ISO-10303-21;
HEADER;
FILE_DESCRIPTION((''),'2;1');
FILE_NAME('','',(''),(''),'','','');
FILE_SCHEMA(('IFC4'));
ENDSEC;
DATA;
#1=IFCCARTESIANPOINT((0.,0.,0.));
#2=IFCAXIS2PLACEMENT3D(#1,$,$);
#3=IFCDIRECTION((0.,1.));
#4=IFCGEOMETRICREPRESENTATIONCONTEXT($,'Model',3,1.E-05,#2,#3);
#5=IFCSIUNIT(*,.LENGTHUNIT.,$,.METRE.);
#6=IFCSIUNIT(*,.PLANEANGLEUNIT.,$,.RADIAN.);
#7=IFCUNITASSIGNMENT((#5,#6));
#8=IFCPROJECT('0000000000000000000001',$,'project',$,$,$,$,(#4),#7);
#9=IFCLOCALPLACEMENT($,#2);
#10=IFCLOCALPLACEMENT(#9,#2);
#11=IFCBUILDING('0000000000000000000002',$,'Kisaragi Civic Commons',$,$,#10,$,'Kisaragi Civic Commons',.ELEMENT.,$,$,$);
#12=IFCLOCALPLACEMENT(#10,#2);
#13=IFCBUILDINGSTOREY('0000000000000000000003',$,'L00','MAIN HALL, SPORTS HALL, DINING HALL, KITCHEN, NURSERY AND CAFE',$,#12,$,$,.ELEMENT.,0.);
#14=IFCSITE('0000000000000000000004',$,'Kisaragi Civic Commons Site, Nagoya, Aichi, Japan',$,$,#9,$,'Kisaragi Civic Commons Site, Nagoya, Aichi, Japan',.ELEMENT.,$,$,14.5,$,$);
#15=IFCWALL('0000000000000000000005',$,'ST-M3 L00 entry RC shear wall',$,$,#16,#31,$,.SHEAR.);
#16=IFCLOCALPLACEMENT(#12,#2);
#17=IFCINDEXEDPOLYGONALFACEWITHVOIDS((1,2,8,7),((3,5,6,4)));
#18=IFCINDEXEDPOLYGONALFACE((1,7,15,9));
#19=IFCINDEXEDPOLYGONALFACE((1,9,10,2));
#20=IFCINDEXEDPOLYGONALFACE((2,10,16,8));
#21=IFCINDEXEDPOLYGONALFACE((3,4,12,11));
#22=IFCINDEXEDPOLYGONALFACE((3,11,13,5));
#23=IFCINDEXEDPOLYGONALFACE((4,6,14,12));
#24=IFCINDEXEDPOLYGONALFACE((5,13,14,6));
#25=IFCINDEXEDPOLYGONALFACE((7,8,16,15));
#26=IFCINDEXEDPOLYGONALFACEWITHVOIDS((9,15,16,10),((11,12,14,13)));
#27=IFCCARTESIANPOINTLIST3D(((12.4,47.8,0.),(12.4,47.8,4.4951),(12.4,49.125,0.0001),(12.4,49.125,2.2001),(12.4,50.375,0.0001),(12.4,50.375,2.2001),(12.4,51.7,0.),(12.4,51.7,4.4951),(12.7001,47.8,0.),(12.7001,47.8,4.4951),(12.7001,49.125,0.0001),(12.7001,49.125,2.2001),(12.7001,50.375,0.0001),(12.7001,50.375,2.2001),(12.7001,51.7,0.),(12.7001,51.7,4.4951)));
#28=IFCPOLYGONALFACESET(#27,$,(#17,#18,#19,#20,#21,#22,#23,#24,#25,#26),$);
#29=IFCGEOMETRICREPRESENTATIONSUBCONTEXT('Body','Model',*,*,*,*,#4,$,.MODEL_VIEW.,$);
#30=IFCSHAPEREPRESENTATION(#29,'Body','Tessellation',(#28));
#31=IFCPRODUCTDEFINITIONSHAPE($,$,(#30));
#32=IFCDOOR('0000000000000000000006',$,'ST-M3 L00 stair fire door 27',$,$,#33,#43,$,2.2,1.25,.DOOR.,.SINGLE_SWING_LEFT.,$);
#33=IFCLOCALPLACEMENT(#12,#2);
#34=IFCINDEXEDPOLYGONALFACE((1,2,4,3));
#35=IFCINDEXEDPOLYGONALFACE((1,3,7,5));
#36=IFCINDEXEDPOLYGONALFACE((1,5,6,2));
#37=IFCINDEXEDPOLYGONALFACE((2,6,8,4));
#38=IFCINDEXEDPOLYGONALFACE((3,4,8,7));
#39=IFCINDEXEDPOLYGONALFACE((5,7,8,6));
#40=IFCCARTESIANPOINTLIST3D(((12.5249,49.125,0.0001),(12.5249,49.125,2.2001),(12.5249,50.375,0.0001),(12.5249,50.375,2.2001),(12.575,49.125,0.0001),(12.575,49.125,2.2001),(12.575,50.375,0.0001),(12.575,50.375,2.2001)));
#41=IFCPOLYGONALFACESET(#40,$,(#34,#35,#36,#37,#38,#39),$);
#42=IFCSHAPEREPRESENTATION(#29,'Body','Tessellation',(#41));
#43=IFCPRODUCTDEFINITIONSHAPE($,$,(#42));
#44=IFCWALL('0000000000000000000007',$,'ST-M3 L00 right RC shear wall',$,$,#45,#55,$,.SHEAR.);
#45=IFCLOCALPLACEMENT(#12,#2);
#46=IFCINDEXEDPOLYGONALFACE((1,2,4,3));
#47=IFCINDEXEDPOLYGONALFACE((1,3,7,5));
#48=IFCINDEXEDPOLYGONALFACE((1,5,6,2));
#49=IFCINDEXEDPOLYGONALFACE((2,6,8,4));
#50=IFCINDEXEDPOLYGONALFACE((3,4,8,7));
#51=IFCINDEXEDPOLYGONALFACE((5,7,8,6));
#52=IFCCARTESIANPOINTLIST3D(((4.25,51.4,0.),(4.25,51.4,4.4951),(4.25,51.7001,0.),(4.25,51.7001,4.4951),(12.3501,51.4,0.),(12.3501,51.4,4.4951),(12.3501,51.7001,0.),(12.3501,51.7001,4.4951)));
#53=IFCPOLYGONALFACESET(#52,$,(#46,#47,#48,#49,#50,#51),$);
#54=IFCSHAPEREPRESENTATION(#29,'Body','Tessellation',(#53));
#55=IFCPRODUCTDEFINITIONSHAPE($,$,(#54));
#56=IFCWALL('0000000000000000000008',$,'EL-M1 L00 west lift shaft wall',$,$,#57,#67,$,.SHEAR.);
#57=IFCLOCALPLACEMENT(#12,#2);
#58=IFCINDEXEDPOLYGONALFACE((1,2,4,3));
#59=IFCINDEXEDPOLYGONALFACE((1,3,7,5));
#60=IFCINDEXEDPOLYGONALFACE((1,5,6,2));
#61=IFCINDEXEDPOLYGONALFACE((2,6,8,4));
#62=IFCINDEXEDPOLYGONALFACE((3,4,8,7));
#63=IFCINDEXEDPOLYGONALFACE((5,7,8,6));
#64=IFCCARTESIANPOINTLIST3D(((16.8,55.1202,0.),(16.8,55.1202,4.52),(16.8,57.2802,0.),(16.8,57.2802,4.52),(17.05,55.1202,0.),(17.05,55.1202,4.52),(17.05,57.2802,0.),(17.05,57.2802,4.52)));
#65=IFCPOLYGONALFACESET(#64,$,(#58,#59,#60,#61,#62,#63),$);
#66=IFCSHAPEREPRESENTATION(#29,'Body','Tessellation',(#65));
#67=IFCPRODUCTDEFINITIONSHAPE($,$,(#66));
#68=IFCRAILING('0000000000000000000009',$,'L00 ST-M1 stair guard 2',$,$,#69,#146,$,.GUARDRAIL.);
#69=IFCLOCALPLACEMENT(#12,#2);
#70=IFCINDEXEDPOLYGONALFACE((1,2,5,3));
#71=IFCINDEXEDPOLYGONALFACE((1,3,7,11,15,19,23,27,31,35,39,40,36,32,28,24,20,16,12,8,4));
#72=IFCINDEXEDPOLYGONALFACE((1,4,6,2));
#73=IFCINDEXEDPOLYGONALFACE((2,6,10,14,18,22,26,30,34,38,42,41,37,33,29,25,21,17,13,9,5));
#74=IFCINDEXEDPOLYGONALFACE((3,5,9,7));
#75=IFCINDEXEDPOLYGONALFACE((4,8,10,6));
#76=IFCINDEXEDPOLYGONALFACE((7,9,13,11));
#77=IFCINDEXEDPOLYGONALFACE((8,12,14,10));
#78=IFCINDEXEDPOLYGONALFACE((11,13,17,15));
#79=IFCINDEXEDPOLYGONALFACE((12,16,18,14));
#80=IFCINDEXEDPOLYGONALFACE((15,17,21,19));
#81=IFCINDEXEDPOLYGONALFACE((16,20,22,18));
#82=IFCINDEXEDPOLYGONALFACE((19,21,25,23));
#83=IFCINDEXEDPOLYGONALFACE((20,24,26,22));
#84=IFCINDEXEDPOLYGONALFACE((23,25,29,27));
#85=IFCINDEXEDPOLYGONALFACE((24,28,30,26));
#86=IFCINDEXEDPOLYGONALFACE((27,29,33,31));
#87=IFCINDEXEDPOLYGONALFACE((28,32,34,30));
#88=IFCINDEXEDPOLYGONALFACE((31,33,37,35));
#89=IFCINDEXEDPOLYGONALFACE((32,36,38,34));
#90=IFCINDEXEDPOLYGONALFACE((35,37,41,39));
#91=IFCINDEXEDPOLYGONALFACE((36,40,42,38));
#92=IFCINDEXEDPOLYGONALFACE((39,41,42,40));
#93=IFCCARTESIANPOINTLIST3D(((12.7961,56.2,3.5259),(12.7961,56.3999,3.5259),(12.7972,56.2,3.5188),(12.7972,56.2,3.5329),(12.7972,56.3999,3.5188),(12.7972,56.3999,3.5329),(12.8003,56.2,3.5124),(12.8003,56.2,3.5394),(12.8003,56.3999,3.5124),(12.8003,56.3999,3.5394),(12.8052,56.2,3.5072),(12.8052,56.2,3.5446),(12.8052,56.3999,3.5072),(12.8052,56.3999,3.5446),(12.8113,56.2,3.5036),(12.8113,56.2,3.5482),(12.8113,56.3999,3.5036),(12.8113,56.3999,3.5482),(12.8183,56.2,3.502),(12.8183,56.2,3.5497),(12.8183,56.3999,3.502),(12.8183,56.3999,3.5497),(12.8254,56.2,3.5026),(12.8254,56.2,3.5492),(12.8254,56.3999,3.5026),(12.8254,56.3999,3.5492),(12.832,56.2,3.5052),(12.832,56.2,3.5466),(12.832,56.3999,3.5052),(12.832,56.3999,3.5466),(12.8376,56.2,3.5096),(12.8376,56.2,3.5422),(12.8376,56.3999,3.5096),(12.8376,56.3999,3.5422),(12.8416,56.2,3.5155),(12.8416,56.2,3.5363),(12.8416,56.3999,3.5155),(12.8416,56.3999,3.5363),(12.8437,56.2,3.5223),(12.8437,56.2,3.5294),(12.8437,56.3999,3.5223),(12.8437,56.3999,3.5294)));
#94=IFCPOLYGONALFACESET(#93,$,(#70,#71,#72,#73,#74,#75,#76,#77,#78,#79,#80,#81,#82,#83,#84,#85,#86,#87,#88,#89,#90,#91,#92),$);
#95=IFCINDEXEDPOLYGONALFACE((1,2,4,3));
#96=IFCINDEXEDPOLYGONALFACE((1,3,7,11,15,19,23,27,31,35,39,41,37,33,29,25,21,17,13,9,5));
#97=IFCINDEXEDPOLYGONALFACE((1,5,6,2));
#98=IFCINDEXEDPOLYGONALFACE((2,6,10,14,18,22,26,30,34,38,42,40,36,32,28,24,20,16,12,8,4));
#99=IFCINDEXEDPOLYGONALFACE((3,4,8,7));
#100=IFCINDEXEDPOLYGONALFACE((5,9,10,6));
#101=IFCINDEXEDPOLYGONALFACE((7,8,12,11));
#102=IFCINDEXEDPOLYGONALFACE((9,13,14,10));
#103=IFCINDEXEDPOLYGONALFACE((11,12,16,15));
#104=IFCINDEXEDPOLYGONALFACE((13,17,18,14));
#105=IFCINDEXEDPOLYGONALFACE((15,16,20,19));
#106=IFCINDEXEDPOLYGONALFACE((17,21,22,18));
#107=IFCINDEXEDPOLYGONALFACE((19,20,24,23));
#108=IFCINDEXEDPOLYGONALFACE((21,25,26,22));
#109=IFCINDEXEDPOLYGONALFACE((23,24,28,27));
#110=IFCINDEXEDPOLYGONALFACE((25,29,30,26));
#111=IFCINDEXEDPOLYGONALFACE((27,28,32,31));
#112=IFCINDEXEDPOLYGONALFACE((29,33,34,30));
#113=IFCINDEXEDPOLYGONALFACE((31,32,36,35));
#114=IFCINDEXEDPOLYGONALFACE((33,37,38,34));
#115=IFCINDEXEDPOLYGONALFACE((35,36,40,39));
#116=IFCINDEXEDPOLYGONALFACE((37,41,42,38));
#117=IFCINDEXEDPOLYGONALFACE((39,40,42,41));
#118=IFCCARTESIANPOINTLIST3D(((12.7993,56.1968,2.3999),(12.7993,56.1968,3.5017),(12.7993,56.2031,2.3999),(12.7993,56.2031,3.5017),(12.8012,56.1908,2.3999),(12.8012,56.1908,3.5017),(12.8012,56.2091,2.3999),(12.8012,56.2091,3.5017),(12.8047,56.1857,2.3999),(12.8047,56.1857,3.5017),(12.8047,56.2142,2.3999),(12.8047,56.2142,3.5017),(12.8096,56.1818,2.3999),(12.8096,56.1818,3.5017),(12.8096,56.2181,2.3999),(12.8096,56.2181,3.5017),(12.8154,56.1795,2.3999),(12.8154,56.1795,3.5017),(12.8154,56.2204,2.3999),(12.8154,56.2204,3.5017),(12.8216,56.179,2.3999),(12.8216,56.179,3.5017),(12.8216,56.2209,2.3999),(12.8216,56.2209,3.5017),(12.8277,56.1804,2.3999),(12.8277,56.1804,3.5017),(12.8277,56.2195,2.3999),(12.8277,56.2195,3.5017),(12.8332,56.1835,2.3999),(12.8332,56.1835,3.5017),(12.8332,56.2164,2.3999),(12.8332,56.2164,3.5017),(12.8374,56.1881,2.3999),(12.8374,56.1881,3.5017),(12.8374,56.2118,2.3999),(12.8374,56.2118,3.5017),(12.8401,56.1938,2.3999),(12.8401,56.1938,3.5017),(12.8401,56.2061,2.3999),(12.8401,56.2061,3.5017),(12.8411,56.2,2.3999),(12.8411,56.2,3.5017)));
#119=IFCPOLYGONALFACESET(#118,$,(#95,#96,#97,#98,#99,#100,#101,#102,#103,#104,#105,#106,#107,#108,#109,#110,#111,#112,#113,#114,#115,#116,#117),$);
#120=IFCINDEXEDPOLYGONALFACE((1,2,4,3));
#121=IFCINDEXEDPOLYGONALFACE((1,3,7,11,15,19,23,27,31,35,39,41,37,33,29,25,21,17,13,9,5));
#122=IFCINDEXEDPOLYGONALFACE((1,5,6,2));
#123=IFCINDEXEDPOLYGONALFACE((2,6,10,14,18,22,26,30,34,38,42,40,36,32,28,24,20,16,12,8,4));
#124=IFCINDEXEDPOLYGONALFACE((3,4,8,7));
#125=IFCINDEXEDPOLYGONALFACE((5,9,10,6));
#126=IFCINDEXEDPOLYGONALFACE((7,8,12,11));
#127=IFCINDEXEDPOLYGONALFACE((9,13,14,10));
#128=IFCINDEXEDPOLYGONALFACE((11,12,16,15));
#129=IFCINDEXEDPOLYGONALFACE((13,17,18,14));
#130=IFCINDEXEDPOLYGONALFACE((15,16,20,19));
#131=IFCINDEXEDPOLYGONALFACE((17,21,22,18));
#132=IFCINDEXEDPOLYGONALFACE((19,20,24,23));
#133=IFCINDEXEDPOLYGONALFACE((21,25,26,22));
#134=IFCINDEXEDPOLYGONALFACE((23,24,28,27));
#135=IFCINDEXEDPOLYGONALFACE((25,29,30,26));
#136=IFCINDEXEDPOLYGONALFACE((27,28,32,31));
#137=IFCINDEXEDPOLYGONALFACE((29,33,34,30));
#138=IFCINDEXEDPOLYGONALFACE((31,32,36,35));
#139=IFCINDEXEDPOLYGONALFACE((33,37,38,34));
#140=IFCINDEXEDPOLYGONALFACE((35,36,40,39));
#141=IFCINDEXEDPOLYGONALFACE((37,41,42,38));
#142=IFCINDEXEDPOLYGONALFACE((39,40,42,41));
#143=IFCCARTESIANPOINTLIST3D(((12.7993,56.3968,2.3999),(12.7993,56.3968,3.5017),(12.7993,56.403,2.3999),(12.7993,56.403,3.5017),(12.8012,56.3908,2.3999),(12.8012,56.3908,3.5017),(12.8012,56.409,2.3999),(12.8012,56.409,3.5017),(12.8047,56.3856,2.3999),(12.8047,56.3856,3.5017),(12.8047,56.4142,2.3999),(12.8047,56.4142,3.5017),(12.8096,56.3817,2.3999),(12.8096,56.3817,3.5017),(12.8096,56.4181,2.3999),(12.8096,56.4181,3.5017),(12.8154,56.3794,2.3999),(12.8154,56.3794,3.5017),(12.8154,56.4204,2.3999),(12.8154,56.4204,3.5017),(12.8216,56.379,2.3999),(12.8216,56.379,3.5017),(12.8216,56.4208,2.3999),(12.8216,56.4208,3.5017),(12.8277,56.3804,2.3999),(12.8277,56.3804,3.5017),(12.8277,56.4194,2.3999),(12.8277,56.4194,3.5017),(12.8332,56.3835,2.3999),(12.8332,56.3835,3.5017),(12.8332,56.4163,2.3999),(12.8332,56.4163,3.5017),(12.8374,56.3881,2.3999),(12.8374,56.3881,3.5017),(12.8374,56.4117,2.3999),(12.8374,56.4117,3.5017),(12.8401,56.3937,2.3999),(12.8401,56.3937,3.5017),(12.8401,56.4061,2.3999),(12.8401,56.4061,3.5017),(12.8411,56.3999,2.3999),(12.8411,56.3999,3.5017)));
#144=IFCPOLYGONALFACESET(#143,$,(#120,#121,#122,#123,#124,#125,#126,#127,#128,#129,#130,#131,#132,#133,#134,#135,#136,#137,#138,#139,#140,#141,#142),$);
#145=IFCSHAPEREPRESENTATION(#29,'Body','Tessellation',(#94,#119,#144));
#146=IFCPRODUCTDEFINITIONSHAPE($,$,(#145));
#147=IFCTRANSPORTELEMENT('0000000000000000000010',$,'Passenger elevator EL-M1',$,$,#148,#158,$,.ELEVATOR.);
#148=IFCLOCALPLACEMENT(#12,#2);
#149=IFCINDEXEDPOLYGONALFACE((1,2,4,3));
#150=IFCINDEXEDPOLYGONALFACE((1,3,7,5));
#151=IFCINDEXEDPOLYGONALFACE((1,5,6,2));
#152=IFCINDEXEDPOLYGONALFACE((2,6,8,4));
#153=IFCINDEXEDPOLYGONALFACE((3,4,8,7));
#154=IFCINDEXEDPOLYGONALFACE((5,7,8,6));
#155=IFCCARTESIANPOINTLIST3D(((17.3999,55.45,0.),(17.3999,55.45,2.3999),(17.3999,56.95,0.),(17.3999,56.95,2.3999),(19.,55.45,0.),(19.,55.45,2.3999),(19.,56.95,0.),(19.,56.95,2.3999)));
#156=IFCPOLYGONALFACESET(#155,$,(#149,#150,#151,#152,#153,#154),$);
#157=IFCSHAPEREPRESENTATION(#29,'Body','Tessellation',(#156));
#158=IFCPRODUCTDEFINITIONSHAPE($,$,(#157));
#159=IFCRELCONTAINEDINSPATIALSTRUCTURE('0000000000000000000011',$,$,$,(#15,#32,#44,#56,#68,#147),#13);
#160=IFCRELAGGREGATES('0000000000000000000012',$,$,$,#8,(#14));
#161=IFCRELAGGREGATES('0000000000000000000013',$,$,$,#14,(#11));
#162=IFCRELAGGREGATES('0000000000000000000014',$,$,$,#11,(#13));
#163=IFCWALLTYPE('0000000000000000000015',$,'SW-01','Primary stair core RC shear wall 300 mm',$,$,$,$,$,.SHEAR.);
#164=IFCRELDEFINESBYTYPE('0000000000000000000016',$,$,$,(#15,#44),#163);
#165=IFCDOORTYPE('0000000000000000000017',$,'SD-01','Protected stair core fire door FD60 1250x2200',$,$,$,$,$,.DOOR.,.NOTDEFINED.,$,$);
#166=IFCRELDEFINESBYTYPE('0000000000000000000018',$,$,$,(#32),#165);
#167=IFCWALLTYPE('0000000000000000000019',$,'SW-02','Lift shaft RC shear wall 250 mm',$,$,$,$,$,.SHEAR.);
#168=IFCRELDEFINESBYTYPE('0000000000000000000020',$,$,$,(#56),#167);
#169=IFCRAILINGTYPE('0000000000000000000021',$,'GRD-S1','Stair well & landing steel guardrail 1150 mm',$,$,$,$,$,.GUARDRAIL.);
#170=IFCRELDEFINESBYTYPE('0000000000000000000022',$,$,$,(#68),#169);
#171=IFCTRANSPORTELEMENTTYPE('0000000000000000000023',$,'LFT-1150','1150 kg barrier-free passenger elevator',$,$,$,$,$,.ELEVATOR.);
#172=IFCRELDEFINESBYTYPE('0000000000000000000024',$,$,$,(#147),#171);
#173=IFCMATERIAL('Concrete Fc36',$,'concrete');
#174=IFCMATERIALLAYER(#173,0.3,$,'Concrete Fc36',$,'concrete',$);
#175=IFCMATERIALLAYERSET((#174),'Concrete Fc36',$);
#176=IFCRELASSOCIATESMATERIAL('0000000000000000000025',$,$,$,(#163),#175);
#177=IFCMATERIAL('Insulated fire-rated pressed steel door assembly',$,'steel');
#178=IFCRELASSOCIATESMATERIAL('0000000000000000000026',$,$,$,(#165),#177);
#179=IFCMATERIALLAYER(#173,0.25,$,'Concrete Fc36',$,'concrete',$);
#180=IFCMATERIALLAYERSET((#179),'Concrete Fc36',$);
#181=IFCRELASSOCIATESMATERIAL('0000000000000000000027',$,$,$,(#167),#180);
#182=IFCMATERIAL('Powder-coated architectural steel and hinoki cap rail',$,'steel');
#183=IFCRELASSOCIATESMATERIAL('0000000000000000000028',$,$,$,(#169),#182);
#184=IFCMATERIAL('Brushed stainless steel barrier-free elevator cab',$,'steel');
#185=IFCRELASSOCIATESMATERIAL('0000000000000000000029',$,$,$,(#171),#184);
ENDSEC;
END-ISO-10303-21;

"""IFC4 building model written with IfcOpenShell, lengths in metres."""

from ifc_helpers import new_model, si_unit, direction, frame, frame_2d, origin, origin_2d, place, context, subcontext, project, spatial, rectangle, circle, extrude, material, layer, layer_set, type_object, element, fill, save


model = new_model("IFC4")

# Units and contexts
model_context = context("Model", 3, precision=1e-05, world=origin(), true_north=direction((0.0, 1.0)))
body_context = subcontext(model_context, "Body", "Model", "MODEL_VIEW")
ifc_project = project(units=[si_unit("LENGTHUNIT", "METRE"), si_unit("PLANEANGLEUNIT", "RADIAN")], contexts=[model_context])

# Site, building, storey
site_placement = place(None, origin())
site = spatial("IfcSite", under=ifc_project, at=site_placement, Name="Kisaragi Civic Commons Site, Nagoya, Aichi, Japan", LongName="Kisaragi Civic Commons Site, Nagoya, Aichi, Japan", CompositionType="ELEMENT", RefElevation=14.5)
building_placement = place(site_placement, origin())
building = spatial("IfcBuilding", under=site, at=building_placement, Name="Kisaragi Civic Commons", LongName="Kisaragi Civic Commons", CompositionType="ELEMENT")
storey_placement = place(building_placement, origin())
storey = spatial("IfcBuildingStorey", under=building, at=storey_placement, Name="L00", Description="MAIN HALL, SPORTS HALL, DINING HALL, KITCHEN, NURSERY AND CAFE", CompositionType="ELEMENT", Elevation=0.0)

# Shared definitions
ifc_material_1 = material(Name="Concrete Fc36", Category="concrete")

# Shared definitions
ifc_material_2 = material(Name="Insulated fire-rated pressed steel door assembly", Category="steel")

# Shared definitions
ifc_layer_1 = layer(ifc_material_1, 0.3, Name="Concrete Fc36", Category="concrete")
ifc_layer_set_1 = layer_set([ifc_layer_1], Name="Concrete Fc36")
wall_type_1 = type_object("IfcWallType", Name="SW-01", Description="Primary stair core RC shear wall 300 mm", PredefinedType="SHEAR", material=ifc_layer_set_1)

# Wall, opening, door
wall_1_placement = place(storey_placement, frame((12.55, 47.8, 0.0), z_axis=(0.0, 0.0, 1.0), x_axis=(0.0, 1.0, 0.0)))
wall_1 = element("IfcWall", 1, at=wall_1_placement, inside=storey, type_object=wall_type_1, Name="ST-M3 L00 entry RC shear wall", PredefinedType="SHEAR", context=body_context, shape_type="SweptSolid", body=[
    extrude(rectangle(XDim=3.8999, YDim=0.3, at=frame_2d((1.95, 0.0))), origin(), (0.0, 0.0, 1.0), 4.4951),
])
opening_1_placement = place(wall_1_placement, frame((1.325, 0.0, 0.0)))
opening_1 = element("IfcOpeningElement", 2, at=opening_1_placement, cuts=wall_1, PredefinedType="OPENING", context=body_context, shape_type="SweptSolid", body=[
    extrude(rectangle(XDim=1.25, YDim=2.2, at=frame_2d((0.625, 1.1001))), frame((0.0, 0.1599, 0.0), z_axis=(0.0, -1.0, 0.0), x_axis=(1.0, 0.0, 0.0)), (0.0, 0.0, 1.0), 0.3201),
])
door_type_1 = type_object("IfcDoorType", Name="SD-01", Description="Protected stair core fire door FD60 1250x2200", OperationType="NOTDEFINED", PredefinedType="DOOR", material=ifc_material_2)
door_1_placement = place(opening_1_placement, frame((1.25, 0.0, 0.0), z_axis=(0.0, 0.0, 1.0), x_axis=(-1.0, 0.0, 0.0)))
door_1 = element("IfcDoor", 3, at=door_1_placement, inside=storey, type_object=door_type_1, Name="ST-M3 L00 stair fire door 27", OperationType="SINGLE_SWING_LEFT", OverallHeight=2.2, OverallWidth=1.25, PredefinedType="DOOR", context=body_context, shape_type="SweptSolid", body=[
    extrude(rectangle(XDim=1.25, YDim=2.2, at=frame_2d((0.625, 1.1001))), frame((0.0, 0.0249, 0.0), z_axis=(0.0, -1.0, 0.0), x_axis=(1.0, 0.0, 0.0)), (0.0, 0.0, 1.0), 0.05),
])
fill(opening_1, door_1)

# Wall
wall_2_placement = place(storey_placement, frame((12.3501, 51.55, 0.0), z_axis=(0.0, 0.0, 1.0), x_axis=(-1.0, 0.0, 0.0)))
element("IfcWall", 4, at=wall_2_placement, inside=storey, type_object=wall_type_1, Name="ST-M3 L00 right RC shear wall", PredefinedType="SHEAR", context=body_context, shape_type="SweptSolid", body=[
    extrude(rectangle(XDim=8.1001, YDim=0.3, at=frame_2d((4.05, 0.0))), origin(), (0.0, 0.0, 1.0), 4.4951),
])

# Shared definitions
ifc_layer_2 = layer(ifc_material_1, 0.25, Name="Concrete Fc36", Category="concrete")
ifc_layer_set_2 = layer_set([ifc_layer_2], Name="Concrete Fc36")
wall_type_2 = type_object("IfcWallType", Name="SW-02", Description="Lift shaft RC shear wall 250 mm", PredefinedType="SHEAR", material=ifc_layer_set_2)

# Wall
wall_3_placement = place(storey_placement, frame((16.925, 55.1201, 0.0), z_axis=(0.0, 0.0, 1.0), x_axis=(0.0, 1.0, 0.0)))
element("IfcWall", 5, at=wall_3_placement, inside=storey, type_object=wall_type_2, Name="EL-M1 L00 west lift shaft wall", PredefinedType="SHEAR", context=body_context, shape_type="SweptSolid", body=[
    extrude(rectangle(XDim=2.1599, YDim=0.25, at=frame_2d((1.0801, 0.0))), origin(), (0.0, 0.0, 1.0), 4.52),
])

# Railing
ifc_material_3 = material(Name="Powder-coated architectural steel and hinoki cap rail", Category="steel")
railing_type = type_object("IfcRailingType", Name="GRD-S1", Description="Stair well & landing steel guardrail 1150 mm", PredefinedType="GUARDRAIL", material=ifc_material_3)
railing_placement = place(storey_placement, frame((12.8201, 56.2, 2.3999)))
element("IfcRailing", 6, at=railing_placement, inside=storey, type_object=railing_type, Name="L00 ST-M1 stair guard 2", PredefinedType="GUARDRAIL", context=body_context, shape_type="SweptSolid", body=[
    extrude(circle(Radius=0.0239, at=origin_2d()), frame((0.0, 0.0, 1.126), z_axis=(0.0, 1.0, 0.0), x_axis=(-1.0, 0.0, 0.0)), (0.0, 0.0, 1.0), 0.2),
    extrude(circle(Radius=0.021, at=origin_2d()), origin(), (0.0, 0.0, 1.0), 1.1018),
    extrude(circle(Radius=0.021, at=origin_2d()), frame((0.0, 0.2, 0.0)), (0.0, 0.0, 1.0), 1.1018),
])

# Transport element
ifc_material_4 = material(Name="Brushed stainless steel barrier-free elevator cab", Category="steel")
transport_element_type = type_object("IfcTransportElementType", Name="LFT-1150", Description="1150 kg barrier-free passenger elevator", PredefinedType="ELEVATOR", material=ifc_material_4)
transport_element_placement = place(storey_placement, frame((18.2, 56.2, 0.0), z_axis=(0.0, 0.0, 1.0), x_axis=(1.0, 0.0, 0.0)))
element("IfcTransportElement", 7, at=transport_element_placement, inside=storey, type_object=transport_element_type, Name="Passenger elevator EL-M1", PredefinedType="ELEVATOR", context=body_context, shape_type="SweptSolid", body=[
    extrude(rectangle(XDim=1.6001, YDim=1.5, at=origin_2d()), origin(), (0.0, 0.0, 1.0), 2.3999),
])

save(model, "model.ifc")
